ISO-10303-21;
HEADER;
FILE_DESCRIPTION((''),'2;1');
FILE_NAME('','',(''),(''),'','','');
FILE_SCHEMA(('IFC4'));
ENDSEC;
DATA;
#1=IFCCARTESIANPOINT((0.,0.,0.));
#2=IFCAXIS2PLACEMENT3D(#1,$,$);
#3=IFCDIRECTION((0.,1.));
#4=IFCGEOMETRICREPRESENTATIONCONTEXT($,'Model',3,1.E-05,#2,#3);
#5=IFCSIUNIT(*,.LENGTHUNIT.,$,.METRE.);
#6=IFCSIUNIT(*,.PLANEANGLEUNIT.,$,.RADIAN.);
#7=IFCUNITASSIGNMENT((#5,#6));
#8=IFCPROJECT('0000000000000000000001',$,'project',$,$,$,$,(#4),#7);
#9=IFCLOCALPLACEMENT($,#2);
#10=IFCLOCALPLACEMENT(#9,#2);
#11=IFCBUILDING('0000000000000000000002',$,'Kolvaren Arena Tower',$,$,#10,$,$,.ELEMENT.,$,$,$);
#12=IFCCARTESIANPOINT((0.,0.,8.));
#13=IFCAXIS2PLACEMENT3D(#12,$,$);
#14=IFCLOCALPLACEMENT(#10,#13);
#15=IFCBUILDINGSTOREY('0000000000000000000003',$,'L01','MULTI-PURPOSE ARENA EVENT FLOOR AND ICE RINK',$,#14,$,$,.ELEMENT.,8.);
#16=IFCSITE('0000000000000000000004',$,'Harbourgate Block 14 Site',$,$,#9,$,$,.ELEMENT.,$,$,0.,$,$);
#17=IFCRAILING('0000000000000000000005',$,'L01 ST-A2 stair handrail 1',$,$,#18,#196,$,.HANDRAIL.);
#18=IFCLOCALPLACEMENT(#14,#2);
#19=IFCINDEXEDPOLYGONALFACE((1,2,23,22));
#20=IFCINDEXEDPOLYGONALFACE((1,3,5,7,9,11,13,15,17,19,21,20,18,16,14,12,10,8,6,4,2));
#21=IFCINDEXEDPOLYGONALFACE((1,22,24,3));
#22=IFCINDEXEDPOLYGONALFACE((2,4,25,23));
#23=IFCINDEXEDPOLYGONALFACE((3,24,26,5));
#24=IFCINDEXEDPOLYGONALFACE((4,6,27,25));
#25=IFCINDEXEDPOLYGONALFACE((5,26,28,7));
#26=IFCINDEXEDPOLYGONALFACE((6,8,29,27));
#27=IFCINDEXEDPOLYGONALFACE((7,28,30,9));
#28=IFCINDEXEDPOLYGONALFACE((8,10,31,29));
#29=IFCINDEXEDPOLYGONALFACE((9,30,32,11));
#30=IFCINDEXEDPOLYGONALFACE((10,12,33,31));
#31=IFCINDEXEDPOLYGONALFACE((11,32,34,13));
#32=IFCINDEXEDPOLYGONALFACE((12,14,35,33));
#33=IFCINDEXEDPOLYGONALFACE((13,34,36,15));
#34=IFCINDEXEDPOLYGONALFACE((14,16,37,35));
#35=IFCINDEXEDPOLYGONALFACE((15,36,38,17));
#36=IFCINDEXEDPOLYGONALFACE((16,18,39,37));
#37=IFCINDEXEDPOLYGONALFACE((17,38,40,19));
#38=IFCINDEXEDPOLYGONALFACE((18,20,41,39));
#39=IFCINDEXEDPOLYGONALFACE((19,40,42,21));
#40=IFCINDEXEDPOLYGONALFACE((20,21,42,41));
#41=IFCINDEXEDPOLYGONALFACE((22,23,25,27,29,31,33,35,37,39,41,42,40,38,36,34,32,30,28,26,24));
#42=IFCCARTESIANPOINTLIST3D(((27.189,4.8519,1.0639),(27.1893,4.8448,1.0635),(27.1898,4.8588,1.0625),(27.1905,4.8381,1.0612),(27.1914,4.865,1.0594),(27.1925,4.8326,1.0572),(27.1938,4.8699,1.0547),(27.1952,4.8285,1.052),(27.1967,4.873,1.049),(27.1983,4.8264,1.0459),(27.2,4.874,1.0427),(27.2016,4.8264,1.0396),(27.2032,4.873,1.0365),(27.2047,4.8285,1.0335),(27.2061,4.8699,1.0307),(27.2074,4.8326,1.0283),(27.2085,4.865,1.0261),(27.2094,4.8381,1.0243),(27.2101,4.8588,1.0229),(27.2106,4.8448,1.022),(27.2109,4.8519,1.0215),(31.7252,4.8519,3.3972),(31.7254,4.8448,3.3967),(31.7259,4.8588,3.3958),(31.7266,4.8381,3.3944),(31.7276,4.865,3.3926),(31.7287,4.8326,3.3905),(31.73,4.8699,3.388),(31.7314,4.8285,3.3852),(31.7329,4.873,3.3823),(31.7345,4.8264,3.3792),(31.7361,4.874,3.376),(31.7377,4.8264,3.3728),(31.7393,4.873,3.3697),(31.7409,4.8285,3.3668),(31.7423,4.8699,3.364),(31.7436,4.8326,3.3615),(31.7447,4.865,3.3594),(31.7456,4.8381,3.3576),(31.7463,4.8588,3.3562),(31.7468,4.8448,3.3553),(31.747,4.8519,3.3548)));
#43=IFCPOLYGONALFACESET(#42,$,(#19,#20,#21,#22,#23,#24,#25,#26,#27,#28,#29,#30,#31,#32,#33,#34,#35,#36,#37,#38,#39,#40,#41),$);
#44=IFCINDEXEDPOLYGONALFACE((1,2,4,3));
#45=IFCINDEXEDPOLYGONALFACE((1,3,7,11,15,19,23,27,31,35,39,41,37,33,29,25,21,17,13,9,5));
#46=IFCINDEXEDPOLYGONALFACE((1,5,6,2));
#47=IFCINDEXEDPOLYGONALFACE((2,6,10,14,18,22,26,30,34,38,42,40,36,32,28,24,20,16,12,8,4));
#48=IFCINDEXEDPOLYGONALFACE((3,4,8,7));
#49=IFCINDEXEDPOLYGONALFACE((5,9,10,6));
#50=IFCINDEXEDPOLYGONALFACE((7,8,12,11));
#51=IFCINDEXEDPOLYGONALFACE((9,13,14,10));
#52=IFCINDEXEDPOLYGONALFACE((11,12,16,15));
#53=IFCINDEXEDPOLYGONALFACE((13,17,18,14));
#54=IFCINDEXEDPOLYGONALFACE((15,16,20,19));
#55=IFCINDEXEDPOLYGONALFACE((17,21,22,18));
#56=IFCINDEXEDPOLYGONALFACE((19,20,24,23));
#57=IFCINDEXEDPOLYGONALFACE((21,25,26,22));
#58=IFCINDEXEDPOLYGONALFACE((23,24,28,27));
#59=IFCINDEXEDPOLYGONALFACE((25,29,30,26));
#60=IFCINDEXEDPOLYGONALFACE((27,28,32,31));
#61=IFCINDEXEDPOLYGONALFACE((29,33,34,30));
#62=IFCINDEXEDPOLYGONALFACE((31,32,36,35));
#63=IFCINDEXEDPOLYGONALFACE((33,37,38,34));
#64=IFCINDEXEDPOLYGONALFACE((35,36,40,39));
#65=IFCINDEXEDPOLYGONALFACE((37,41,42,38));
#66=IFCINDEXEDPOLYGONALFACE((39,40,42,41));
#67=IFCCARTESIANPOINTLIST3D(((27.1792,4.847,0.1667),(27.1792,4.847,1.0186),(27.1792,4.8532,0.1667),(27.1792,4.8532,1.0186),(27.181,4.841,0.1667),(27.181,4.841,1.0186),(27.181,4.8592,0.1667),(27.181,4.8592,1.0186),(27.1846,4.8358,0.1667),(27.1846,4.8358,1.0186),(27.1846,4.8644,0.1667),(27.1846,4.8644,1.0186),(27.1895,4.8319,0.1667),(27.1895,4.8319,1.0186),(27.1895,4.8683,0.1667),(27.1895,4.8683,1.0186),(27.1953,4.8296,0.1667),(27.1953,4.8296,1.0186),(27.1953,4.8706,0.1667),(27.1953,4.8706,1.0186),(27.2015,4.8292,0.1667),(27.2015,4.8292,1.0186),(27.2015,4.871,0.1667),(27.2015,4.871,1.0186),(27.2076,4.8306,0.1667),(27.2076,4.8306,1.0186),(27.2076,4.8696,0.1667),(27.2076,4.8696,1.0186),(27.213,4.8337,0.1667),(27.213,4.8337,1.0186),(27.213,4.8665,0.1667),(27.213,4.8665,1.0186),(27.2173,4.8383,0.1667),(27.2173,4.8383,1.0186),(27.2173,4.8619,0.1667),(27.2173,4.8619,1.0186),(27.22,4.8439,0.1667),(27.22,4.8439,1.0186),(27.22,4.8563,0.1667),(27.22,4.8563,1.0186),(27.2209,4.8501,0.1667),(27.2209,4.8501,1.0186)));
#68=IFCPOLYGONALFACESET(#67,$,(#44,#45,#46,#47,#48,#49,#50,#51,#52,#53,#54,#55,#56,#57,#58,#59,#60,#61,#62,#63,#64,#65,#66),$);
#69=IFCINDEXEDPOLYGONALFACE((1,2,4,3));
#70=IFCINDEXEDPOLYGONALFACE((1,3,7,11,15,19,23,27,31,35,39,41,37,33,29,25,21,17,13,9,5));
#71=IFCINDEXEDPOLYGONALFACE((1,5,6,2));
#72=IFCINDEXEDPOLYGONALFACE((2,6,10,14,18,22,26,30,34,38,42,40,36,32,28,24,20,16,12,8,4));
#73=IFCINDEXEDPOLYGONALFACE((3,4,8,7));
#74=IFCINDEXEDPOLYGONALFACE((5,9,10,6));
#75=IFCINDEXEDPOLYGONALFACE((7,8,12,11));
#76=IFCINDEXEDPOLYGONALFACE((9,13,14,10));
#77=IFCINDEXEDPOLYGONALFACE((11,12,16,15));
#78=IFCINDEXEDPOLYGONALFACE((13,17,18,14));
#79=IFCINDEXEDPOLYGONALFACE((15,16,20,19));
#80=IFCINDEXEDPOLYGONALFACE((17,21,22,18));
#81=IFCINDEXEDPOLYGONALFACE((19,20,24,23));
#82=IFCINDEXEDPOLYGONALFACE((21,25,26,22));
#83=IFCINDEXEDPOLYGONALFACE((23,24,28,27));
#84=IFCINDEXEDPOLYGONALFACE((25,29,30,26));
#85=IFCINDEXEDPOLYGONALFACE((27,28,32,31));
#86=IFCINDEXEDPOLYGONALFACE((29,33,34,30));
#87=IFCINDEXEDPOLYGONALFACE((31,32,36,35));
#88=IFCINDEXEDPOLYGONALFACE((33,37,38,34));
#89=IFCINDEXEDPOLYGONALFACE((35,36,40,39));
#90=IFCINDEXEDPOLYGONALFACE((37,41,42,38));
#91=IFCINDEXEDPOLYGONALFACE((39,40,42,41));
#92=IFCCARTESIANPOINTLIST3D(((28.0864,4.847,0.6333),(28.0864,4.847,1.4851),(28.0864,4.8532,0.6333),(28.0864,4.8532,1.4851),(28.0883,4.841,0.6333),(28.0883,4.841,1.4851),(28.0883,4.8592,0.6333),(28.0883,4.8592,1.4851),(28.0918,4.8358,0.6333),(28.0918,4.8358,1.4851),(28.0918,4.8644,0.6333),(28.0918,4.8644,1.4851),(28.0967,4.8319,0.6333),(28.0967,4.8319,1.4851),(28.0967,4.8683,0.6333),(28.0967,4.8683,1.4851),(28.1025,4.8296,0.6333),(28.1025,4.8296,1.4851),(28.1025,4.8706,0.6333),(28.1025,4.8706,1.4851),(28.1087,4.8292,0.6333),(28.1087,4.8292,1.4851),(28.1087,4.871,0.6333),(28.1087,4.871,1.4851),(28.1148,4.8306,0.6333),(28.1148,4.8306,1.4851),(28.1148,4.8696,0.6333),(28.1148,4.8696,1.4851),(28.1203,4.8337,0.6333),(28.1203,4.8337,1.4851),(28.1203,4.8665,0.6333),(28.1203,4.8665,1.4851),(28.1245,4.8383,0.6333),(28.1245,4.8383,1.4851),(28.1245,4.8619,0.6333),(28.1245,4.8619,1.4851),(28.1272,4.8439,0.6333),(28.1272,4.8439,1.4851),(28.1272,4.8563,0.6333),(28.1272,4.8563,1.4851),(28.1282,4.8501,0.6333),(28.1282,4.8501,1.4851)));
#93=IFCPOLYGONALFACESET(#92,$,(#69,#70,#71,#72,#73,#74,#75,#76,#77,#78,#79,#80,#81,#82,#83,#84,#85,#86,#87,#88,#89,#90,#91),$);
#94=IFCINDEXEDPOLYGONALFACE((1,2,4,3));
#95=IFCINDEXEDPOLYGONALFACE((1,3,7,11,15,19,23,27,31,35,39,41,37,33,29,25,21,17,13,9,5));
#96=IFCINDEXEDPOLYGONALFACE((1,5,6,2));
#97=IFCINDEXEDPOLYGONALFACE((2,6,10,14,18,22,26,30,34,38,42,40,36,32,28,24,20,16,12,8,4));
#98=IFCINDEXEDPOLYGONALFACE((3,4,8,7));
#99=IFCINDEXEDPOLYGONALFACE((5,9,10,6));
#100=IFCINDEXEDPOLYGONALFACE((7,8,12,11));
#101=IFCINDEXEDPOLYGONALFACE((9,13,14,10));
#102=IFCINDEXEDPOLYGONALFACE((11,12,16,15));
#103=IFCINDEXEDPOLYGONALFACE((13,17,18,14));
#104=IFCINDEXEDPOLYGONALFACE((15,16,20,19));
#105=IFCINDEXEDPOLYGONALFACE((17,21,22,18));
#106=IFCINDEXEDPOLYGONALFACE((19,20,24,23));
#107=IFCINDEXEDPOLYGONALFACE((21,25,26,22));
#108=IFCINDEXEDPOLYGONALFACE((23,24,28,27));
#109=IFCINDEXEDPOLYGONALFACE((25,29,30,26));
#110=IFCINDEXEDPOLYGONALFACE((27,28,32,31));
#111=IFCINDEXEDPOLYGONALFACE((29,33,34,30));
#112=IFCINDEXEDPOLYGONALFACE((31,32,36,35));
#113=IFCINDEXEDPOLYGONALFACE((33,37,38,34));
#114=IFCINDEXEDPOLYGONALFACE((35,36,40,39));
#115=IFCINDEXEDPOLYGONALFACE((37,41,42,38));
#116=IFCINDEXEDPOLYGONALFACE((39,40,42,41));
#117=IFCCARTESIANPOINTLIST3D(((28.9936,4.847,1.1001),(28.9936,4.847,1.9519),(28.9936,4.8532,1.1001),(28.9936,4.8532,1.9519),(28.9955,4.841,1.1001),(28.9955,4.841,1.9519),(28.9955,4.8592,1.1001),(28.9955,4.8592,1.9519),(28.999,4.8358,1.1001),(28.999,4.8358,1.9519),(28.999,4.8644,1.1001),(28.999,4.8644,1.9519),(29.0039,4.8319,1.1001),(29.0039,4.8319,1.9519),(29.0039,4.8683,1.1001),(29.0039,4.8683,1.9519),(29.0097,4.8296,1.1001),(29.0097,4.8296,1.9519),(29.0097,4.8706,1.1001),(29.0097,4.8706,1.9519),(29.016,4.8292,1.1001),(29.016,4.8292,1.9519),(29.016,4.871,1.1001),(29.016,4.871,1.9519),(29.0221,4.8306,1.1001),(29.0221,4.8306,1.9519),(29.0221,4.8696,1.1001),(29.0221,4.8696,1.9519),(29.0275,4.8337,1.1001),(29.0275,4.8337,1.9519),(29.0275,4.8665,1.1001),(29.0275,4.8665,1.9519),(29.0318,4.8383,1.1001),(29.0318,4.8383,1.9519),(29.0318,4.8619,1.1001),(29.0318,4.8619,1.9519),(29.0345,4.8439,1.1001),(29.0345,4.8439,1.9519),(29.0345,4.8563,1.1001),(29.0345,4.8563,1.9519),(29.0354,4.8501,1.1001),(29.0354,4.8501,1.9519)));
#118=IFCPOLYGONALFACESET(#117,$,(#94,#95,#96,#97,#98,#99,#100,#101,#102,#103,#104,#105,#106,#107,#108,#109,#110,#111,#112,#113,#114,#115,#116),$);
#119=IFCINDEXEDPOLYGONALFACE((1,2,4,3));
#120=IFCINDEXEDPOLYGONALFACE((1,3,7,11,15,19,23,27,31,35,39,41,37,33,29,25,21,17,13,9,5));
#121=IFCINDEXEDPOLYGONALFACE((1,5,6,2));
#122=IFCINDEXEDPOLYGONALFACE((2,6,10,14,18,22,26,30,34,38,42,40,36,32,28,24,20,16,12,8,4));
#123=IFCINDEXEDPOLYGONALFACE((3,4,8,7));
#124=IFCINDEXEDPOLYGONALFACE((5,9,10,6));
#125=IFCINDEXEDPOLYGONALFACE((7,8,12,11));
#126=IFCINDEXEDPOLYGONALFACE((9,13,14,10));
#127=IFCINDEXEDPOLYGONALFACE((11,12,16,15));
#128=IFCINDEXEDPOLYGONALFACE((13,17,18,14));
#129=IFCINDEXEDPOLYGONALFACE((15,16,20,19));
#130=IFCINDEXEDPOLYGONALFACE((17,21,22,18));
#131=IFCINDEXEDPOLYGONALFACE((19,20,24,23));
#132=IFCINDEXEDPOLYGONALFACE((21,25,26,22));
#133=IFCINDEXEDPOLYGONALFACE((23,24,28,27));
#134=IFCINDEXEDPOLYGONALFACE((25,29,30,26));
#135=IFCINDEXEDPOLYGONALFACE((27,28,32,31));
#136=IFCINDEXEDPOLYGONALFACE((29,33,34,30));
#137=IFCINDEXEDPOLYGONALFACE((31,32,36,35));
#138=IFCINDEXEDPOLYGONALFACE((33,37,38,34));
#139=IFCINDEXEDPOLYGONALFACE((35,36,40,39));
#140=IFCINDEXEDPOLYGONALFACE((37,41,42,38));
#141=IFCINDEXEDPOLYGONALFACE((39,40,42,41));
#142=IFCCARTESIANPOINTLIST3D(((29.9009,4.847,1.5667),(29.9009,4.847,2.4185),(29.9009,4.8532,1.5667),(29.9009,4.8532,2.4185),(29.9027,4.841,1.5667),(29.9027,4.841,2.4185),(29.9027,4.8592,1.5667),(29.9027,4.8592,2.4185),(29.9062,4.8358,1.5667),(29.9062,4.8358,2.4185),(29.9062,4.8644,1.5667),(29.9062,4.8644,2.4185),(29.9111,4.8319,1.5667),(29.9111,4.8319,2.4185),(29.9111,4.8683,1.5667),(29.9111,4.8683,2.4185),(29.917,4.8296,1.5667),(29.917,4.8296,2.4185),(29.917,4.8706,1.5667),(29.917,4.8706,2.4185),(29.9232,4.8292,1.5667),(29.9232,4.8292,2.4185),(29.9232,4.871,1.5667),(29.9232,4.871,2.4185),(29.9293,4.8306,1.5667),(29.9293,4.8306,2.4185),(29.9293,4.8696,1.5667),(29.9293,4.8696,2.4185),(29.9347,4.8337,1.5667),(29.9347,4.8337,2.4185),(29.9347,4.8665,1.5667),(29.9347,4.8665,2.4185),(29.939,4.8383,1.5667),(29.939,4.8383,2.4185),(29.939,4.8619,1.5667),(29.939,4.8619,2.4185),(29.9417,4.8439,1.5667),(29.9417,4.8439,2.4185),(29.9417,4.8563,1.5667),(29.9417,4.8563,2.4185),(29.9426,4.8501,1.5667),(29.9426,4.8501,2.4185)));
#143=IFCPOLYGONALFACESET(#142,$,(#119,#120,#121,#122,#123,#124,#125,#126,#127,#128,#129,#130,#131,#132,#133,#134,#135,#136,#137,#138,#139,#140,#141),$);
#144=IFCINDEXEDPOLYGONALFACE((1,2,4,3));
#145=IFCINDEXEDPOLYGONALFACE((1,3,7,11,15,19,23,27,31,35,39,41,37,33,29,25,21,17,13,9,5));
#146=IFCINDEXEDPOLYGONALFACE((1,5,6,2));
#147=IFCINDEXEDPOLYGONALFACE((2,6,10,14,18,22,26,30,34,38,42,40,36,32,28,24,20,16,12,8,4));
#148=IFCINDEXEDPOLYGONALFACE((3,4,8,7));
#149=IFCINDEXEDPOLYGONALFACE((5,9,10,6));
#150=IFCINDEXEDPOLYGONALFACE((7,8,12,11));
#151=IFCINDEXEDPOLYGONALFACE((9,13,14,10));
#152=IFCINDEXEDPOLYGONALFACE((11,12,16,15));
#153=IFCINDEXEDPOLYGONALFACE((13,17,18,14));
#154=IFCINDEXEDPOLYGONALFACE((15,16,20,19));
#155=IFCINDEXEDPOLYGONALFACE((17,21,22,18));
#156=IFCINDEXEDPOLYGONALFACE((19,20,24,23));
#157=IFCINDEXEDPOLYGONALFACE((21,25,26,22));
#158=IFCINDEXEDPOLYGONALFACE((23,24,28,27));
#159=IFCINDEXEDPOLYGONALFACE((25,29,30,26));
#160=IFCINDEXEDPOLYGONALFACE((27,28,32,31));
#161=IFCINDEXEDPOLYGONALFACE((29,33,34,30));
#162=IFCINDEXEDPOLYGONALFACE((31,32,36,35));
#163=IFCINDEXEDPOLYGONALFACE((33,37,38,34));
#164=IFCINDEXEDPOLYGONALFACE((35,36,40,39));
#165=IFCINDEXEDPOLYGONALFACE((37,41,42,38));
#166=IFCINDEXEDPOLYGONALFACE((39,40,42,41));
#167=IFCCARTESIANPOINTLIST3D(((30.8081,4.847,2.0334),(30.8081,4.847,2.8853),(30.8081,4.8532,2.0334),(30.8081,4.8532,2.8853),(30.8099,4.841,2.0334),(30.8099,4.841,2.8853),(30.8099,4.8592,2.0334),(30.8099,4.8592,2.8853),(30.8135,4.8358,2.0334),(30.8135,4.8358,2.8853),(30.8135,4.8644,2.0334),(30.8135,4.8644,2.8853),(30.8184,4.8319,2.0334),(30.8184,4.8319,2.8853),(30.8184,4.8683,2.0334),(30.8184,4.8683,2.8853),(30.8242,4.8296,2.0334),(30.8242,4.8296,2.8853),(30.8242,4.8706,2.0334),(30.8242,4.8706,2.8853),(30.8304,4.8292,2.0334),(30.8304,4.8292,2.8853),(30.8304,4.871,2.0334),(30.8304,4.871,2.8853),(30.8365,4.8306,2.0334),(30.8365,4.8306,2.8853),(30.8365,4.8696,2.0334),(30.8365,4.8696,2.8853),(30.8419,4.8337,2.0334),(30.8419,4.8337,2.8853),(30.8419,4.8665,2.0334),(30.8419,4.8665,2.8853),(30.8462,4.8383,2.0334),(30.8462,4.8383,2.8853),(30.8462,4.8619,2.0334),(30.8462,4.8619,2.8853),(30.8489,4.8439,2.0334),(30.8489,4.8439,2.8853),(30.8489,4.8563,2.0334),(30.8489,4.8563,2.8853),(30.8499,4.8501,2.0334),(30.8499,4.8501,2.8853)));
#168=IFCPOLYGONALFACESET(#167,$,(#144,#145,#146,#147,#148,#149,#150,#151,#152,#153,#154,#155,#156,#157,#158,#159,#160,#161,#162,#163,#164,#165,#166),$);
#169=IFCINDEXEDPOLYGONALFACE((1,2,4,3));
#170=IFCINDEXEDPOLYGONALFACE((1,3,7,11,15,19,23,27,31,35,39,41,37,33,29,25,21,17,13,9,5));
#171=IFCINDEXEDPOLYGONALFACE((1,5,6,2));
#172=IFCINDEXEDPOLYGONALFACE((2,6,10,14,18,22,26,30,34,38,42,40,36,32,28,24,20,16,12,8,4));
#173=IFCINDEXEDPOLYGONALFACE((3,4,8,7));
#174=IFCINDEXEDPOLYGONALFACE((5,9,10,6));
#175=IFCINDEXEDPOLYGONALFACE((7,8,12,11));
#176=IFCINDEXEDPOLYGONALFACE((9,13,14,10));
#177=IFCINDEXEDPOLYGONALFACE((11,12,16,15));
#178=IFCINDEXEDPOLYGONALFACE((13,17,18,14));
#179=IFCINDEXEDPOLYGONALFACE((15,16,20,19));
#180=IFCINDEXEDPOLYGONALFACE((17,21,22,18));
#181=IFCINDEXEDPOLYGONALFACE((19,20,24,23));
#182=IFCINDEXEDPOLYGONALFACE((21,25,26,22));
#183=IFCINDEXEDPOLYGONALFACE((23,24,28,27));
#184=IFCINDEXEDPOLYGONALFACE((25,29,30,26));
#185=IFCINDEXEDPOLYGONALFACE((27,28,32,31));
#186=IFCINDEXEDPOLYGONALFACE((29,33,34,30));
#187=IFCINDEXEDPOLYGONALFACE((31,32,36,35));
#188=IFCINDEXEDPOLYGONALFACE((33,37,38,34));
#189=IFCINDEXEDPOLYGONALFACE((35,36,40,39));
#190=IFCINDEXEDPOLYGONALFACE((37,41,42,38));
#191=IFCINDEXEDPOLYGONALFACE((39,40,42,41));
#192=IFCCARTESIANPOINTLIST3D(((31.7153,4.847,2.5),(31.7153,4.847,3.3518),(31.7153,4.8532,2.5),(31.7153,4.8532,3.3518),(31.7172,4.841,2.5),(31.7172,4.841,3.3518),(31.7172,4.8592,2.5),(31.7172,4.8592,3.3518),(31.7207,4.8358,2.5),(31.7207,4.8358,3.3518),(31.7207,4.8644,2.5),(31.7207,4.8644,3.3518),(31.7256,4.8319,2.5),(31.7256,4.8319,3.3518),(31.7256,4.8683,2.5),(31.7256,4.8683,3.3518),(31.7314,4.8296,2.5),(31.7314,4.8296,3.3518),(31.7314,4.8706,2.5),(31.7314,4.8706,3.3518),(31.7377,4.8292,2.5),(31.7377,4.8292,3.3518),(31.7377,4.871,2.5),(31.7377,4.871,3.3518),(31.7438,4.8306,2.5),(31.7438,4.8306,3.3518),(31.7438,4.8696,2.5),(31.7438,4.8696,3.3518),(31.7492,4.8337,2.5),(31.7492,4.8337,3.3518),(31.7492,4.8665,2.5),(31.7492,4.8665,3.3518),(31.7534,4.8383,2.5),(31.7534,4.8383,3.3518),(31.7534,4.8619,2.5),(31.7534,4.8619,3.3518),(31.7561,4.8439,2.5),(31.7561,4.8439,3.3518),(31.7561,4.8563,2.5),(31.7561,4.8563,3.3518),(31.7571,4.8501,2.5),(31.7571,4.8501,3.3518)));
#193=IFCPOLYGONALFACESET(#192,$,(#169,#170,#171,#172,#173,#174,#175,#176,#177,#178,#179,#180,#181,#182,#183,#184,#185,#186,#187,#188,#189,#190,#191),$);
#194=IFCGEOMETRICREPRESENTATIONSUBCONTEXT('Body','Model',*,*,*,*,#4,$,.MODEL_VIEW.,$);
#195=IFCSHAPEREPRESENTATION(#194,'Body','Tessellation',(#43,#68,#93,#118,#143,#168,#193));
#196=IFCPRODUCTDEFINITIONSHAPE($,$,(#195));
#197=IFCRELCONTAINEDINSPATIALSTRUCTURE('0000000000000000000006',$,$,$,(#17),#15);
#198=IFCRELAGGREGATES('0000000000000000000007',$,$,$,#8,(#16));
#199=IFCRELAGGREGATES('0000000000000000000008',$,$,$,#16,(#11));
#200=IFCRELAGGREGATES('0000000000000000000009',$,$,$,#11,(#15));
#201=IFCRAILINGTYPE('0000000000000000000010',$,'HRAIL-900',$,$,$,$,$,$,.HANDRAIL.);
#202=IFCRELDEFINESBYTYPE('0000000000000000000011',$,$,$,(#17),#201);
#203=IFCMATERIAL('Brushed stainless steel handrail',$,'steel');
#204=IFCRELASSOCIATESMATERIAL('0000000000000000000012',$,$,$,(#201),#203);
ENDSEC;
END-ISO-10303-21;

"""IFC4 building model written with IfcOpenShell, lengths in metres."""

from ifc_helpers import new_model, si_unit, direction, frame, origin, origin_2d, place, context, subcontext, project, spatial, circle, extrude, material, type_object, element, save


model = new_model("IFC4")

# Units and contexts
model_context = context("Model", 3, precision=1e-05, world=origin(), true_north=direction((0.0, 1.0)))
body_context = subcontext(model_context, "Body", "Model", "MODEL_VIEW")
ifc_project = project(units=[si_unit("LENGTHUNIT", "METRE"), si_unit("PLANEANGLEUNIT", "RADIAN")], contexts=[model_context])

# Site, building, storey
site_placement = place(None, origin())
site = spatial("IfcSite", under=ifc_project, at=site_placement, Name="Harbourgate Block 14 Site", CompositionType="ELEMENT", RefElevation=0.0)
building_placement = place(site_placement, origin())
building = spatial("IfcBuilding", under=site, at=building_placement, Name="Kolvaren Arena Tower", CompositionType="ELEMENT")
storey_placement = place(building_placement, frame((0.0, 0.0, 8.0)))
storey = spatial("IfcBuildingStorey", under=building, at=storey_placement, Name="L01", Description="MULTI-PURPOSE ARENA EVENT FLOOR AND ICE RINK", CompositionType="ELEMENT", Elevation=8.0)

# Railing
ifc_material_1 = material(Name="Brushed stainless steel handrail", Category="steel")
railing_type_1 = type_object("IfcRailingType", Name="HRAIL-900", PredefinedType="HANDRAIL", material=ifc_material_1)
railing_1_placement = place(storey_placement, frame((27.2, 4.8501, 0.1667)))
element("IfcRailing", 1, at=railing_1_placement, inside=storey, type_object=railing_type_1, Name="L01 ST-A2 stair handrail 1", PredefinedType="HANDRAIL", context=body_context, shape_type="SweptSolid", body=[
    extrude(circle(Radius=0.0239, at=origin_2d()), frame((0.0, 0.0, 0.876), z_axis=(0.889257, 0.0, 0.457407), x_axis=(0.0, 1.0, 0.0)), (0.0, 0.0, 1.0), 5.1011),
    extrude(circle(Radius=0.021, at=origin_2d()), origin(), (0.0, 0.0, 1.0), 0.8518),
    extrude(circle(Radius=0.021, at=origin_2d()), frame((0.9072, 0.0, 0.4666)), (0.0, 0.0, 1.0), 0.8518),
    extrude(circle(Radius=0.021, at=origin_2d()), frame((1.8145, 0.0, 0.9333)), (0.0, 0.0, 1.0), 0.8518),
    extrude(circle(Radius=0.021, at=origin_2d()), frame((2.7217, 0.0, 1.3999)), (0.0, 0.0, 1.0), 0.8518),
    extrude(circle(Radius=0.021, at=origin_2d()), frame((3.6289, 0.0, 1.8667)), (0.0, 0.0, 1.0), 0.8518),
    extrude(circle(Radius=0.021, at=origin_2d()), frame((4.5361, 0.0, 2.3333)), (0.0, 0.0, 1.0), 0.8518),
])

save(model, "model.ifc")
